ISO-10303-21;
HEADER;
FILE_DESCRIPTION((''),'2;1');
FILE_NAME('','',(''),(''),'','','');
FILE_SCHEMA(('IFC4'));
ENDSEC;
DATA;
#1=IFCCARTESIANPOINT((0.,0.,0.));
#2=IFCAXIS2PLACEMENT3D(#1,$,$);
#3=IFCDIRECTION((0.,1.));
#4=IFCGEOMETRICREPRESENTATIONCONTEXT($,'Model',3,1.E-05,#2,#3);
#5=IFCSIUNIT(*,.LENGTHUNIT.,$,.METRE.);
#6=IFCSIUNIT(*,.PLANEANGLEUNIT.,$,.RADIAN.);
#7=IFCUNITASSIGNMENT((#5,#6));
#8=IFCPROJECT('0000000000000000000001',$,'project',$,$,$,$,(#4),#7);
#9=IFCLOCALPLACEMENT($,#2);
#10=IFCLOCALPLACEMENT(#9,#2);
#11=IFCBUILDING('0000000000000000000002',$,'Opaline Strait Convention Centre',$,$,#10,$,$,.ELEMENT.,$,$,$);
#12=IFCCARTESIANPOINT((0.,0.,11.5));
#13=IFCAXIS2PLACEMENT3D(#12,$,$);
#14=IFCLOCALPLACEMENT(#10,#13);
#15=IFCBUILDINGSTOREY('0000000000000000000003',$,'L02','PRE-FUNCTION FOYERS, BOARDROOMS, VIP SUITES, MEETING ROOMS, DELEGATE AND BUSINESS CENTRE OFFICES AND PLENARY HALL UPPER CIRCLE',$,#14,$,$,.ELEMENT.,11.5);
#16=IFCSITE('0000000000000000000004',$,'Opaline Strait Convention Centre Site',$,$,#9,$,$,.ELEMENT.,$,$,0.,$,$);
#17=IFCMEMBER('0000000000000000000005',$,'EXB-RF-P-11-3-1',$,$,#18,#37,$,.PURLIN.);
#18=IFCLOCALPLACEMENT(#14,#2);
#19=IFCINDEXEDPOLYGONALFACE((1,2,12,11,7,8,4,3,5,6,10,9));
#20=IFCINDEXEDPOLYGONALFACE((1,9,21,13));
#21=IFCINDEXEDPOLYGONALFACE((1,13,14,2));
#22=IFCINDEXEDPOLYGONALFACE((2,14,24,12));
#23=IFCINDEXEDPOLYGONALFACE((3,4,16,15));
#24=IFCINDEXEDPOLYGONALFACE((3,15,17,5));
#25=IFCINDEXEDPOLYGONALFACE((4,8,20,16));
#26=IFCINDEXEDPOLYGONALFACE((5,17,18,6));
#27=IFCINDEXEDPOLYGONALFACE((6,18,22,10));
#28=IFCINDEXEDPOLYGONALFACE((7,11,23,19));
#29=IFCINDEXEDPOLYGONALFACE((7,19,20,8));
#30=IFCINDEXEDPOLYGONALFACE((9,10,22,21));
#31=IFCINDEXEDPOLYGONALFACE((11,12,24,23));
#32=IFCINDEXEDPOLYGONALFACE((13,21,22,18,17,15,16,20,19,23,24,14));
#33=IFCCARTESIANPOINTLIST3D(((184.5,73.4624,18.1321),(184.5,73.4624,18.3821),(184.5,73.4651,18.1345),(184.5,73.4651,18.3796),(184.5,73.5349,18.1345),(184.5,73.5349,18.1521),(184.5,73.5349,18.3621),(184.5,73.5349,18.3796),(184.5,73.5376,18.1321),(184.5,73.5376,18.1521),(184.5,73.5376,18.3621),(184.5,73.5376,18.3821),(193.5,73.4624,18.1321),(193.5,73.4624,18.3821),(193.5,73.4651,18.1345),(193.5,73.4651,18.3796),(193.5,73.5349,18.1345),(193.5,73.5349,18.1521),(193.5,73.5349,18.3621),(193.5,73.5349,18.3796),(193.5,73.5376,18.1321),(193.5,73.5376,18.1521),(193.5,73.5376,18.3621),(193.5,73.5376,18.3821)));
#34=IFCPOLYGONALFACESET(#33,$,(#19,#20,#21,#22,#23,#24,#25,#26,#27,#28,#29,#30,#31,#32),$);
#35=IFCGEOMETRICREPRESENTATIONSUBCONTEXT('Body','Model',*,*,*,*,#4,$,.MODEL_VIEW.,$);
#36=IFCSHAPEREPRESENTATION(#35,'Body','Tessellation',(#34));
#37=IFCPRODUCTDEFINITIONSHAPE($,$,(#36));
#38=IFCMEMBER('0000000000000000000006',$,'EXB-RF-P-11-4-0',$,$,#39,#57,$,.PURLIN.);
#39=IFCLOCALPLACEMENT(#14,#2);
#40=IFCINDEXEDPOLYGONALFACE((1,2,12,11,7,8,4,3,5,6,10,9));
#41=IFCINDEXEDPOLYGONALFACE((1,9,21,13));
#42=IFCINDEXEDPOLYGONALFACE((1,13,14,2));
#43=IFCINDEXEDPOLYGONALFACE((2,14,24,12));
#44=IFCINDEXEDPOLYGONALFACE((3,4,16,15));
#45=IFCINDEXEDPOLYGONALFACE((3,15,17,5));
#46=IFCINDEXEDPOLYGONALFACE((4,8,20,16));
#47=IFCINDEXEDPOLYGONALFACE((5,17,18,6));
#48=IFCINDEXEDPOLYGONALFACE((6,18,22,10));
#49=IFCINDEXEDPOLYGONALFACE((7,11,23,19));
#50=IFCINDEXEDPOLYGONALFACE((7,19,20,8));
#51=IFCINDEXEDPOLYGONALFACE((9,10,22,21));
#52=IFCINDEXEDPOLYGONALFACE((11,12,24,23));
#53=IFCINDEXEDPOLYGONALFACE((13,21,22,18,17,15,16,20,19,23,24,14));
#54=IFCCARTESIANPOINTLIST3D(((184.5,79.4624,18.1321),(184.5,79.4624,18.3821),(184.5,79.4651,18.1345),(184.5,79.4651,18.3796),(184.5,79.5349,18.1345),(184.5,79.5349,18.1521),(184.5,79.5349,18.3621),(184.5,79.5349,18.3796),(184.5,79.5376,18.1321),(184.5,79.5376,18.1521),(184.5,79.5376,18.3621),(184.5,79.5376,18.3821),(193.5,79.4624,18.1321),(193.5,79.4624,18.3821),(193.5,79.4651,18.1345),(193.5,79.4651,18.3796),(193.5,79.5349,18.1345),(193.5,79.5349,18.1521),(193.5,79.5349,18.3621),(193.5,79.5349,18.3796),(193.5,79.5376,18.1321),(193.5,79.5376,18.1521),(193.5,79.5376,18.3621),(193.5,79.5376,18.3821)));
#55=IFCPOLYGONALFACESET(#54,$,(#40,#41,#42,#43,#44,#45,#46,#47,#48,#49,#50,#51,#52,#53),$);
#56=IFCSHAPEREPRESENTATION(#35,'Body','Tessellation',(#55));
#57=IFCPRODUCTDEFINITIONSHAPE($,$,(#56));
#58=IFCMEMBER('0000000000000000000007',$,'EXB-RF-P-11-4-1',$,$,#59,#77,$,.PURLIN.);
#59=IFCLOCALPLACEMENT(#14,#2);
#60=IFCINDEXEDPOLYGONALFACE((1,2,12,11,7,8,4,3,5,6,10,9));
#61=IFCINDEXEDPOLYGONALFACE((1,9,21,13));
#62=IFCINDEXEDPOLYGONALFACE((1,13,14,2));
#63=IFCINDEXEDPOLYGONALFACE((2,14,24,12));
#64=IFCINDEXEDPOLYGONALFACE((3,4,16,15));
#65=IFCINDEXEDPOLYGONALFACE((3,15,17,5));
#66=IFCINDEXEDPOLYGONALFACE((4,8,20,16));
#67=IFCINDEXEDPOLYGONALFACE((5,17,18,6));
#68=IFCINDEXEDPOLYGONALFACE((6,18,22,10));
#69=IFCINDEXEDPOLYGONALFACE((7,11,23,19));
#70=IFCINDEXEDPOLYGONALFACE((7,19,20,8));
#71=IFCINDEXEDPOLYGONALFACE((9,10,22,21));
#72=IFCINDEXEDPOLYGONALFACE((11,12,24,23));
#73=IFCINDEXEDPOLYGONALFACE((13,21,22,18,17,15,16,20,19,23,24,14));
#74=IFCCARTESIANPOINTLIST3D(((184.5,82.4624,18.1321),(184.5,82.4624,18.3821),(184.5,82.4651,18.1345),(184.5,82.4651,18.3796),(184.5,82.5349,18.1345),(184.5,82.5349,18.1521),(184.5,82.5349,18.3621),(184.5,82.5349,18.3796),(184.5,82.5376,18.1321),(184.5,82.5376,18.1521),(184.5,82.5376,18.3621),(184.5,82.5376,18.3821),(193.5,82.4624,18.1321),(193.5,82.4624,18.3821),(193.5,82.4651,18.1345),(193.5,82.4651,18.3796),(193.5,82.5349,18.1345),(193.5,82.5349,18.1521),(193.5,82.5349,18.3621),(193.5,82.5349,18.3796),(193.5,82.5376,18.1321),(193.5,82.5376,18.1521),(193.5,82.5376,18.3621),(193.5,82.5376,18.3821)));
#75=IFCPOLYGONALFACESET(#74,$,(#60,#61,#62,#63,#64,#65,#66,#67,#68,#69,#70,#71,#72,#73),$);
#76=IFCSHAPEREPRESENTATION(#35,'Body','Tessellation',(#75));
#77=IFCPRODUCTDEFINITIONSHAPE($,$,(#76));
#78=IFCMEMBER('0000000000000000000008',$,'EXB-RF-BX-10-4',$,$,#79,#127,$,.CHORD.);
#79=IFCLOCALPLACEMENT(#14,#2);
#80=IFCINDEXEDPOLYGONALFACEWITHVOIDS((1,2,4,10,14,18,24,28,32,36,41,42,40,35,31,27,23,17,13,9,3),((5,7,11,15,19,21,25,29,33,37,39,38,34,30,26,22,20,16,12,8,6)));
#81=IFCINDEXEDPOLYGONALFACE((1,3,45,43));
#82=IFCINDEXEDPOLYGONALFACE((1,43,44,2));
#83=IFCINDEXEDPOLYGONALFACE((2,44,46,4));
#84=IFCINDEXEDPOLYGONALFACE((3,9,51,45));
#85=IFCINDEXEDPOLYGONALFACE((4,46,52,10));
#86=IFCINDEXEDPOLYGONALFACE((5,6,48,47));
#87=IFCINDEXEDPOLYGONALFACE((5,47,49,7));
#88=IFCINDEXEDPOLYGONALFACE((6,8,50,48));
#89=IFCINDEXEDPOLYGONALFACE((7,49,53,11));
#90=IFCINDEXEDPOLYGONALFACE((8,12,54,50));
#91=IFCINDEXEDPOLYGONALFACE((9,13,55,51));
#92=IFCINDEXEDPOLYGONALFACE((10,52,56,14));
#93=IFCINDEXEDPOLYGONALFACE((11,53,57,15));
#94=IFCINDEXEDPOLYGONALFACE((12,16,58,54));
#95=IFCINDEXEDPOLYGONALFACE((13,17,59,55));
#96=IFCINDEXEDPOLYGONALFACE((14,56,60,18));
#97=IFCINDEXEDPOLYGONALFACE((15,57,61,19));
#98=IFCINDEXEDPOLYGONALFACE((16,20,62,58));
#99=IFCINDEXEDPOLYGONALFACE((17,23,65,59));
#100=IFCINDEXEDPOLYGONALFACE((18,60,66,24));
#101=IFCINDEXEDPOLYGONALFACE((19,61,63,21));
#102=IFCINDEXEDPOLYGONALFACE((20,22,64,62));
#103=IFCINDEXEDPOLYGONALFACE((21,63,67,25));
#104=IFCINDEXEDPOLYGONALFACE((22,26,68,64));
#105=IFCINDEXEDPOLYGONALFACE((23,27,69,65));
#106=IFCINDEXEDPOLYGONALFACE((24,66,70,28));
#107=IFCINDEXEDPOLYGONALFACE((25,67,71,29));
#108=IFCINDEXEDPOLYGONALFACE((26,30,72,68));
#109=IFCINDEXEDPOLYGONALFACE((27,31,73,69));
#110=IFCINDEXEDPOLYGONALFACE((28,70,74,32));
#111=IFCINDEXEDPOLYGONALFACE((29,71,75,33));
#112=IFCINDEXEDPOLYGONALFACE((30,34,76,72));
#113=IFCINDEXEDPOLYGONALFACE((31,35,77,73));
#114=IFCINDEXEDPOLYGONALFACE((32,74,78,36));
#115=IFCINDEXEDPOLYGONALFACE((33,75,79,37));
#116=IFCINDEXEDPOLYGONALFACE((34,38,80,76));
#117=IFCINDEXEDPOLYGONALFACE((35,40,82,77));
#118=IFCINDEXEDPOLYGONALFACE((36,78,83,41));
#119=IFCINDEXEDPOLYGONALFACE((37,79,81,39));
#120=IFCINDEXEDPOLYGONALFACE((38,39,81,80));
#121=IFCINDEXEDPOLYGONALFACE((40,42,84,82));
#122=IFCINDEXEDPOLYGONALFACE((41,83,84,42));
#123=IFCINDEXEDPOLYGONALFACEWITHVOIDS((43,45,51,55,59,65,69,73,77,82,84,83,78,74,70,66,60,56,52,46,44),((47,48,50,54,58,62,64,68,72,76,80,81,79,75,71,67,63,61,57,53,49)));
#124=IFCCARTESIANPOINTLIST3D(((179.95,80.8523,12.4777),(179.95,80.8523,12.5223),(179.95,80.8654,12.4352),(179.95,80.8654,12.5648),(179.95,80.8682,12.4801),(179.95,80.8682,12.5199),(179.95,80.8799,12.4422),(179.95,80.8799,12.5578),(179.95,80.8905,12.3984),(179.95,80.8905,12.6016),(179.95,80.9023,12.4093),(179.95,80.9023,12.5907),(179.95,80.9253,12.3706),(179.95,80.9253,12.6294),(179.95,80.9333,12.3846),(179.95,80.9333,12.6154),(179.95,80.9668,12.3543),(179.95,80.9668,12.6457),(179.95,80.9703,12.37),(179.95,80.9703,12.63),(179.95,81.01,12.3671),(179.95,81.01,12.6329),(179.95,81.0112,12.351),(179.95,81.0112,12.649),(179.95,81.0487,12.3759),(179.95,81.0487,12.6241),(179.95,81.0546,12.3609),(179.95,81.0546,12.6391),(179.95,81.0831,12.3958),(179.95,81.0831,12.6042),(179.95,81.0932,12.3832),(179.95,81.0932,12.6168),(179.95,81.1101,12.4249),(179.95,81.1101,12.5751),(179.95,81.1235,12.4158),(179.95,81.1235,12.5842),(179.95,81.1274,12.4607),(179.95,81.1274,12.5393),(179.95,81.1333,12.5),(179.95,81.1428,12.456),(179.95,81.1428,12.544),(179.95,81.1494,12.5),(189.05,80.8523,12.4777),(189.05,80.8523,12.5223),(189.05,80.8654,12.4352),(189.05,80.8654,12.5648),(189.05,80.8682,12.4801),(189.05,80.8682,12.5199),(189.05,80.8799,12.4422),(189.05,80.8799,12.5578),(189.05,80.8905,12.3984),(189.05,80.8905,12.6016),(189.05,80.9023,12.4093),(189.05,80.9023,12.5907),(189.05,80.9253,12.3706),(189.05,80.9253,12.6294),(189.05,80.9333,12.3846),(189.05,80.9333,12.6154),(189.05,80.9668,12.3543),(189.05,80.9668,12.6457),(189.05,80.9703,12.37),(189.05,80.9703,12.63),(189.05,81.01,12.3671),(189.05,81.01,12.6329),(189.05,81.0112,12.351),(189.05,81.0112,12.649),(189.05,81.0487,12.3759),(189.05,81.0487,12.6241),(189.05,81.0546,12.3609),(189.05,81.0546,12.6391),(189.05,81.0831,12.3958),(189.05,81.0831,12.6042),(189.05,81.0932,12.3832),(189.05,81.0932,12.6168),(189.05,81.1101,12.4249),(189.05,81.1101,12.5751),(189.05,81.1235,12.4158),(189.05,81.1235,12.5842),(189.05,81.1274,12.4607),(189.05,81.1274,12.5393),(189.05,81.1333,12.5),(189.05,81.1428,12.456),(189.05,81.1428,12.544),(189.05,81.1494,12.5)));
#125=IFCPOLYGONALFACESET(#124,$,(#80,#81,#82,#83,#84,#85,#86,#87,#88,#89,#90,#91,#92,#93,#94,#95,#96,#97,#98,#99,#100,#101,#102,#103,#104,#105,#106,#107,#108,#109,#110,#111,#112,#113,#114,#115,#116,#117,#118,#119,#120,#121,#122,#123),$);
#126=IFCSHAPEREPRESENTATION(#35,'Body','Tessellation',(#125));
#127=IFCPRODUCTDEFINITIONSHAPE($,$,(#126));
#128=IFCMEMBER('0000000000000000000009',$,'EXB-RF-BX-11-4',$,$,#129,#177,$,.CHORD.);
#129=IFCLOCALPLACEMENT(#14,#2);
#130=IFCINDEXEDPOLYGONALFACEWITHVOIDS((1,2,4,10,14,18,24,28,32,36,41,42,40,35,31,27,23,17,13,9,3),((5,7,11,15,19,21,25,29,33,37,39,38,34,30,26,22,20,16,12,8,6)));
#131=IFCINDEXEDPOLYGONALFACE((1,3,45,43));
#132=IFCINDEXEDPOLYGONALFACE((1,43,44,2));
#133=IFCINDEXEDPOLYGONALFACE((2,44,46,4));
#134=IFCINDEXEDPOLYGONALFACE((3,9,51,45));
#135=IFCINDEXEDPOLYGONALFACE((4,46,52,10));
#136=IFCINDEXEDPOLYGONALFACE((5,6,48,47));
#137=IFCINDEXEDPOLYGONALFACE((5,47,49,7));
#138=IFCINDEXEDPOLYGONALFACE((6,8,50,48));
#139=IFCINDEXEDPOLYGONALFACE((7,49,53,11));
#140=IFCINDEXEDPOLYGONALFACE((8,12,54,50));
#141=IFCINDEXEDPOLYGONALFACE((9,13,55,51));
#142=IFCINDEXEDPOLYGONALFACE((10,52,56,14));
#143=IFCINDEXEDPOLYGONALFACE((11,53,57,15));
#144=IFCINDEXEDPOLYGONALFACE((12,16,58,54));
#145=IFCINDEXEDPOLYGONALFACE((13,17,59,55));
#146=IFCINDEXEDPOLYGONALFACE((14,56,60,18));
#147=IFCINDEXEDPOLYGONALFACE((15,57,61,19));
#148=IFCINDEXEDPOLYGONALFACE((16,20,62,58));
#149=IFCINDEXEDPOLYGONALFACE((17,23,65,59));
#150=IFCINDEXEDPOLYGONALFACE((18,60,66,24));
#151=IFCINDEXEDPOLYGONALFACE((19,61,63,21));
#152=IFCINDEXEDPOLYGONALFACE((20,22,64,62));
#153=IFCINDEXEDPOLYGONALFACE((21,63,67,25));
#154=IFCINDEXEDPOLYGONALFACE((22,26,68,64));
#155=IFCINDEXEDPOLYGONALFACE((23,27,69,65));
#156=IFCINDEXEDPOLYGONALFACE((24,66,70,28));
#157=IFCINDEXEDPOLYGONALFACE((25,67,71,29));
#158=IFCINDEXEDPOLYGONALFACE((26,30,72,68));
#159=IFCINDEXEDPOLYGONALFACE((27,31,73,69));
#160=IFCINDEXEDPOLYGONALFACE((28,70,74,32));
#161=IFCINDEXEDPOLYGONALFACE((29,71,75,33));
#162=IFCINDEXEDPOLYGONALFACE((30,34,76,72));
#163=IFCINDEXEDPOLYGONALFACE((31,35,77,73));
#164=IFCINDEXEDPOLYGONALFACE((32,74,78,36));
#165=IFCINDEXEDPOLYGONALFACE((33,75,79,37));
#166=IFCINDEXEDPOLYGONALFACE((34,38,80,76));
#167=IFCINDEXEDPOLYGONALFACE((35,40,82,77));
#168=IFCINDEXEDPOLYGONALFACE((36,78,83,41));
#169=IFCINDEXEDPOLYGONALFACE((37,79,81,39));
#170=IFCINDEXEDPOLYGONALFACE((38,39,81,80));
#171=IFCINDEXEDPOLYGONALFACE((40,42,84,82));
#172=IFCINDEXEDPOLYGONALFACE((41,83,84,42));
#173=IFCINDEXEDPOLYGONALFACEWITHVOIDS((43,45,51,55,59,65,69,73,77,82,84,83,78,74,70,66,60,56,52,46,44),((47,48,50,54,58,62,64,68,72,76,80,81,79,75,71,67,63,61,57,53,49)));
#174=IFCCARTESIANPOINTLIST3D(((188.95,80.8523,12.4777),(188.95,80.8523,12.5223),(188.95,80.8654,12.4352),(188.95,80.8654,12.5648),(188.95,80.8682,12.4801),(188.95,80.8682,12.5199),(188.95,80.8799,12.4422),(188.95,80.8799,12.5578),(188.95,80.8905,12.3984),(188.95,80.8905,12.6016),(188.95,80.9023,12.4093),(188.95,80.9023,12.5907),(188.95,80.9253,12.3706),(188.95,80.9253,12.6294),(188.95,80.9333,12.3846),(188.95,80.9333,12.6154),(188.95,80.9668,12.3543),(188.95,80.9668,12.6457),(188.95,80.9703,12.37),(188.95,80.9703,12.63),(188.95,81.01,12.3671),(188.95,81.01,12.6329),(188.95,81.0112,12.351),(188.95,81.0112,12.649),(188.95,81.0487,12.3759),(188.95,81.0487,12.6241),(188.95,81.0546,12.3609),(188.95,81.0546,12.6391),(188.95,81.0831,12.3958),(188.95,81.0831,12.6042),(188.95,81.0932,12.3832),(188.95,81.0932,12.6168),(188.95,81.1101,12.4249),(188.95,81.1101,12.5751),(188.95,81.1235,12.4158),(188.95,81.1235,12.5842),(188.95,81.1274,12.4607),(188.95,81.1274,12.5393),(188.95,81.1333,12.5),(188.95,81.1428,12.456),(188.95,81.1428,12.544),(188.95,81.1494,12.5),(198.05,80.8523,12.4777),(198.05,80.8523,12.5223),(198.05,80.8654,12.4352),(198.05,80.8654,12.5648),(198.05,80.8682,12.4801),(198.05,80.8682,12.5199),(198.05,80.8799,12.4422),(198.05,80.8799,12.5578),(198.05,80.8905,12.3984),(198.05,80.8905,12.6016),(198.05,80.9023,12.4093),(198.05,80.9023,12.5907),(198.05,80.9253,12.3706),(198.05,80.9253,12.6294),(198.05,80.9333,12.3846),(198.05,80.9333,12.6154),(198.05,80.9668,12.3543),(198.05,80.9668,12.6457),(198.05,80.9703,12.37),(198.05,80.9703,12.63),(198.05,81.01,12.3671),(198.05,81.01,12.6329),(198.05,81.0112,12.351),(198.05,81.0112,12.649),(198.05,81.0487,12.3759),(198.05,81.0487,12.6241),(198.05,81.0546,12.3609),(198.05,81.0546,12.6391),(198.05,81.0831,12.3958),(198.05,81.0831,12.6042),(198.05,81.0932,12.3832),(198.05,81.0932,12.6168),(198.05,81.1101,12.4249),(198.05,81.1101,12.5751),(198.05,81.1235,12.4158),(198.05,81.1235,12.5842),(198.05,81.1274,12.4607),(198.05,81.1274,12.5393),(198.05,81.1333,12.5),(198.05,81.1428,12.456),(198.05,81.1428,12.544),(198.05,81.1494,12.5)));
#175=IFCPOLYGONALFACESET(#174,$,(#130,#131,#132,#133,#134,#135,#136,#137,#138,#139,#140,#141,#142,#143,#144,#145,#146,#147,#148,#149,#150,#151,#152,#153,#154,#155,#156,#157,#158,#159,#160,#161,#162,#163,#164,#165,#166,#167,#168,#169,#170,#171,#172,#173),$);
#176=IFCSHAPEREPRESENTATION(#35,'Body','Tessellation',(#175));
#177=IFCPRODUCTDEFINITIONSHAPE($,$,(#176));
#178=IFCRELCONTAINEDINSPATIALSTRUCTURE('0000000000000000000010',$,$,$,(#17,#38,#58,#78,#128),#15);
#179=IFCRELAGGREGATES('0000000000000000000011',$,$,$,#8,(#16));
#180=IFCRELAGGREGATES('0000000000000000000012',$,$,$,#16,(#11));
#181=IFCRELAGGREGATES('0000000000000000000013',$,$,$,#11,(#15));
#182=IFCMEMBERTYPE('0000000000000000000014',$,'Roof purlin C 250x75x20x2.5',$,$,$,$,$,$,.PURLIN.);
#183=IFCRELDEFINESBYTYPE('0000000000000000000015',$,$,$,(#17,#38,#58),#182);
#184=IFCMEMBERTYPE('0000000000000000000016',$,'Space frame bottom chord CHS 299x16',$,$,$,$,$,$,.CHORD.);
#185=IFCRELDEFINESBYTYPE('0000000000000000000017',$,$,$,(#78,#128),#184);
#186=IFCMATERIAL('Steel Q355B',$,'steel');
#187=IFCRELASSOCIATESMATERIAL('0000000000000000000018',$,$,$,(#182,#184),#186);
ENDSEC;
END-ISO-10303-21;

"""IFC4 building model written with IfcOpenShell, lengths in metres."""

from ifc_helpers import new_model, si_unit, direction, frame, origin, origin_2d, place, context, subcontext, project, spatial, polyline, hollow_circle, outline, extrude, material, material_profile, profile_set, type_object, element, save


model = new_model("IFC4")

# Units and contexts
model_context = context("Model", 3, precision=1e-05, world=origin(), true_north=direction((0.0, 1.0)))
body_context = subcontext(model_context, "Body", "Model", "MODEL_VIEW")
ifc_project = project(units=[si_unit("LENGTHUNIT", "METRE"), si_unit("PLANEANGLEUNIT", "RADIAN")], contexts=[model_context])

# Site, building, storey
site_placement = place(None, origin())
site = spatial("IfcSite", under=ifc_project, at=site_placement, Name="Opaline Strait Convention Centre Site", CompositionType="ELEMENT", RefElevation=0.0)
building_placement = place(site_placement, origin())
building = spatial("IfcBuilding", under=site, at=building_placement, Name="Opaline Strait Convention Centre", CompositionType="ELEMENT")
storey_placement = place(building_placement, frame((0.0, 0.0, 11.5)))
storey = spatial("IfcBuildingStorey", under=building, at=storey_placement, Name="L02", Description="PRE-FUNCTION FOYERS, BOARDROOMS, VIP SUITES, MEETING ROOMS, DELEGATE AND BUSINESS CENTRE OFFICES AND PLENARY HALL UPPER CIRCLE", CompositionType="ELEMENT", Elevation=11.5)

# Members
ifc_material_1 = material(Name="Steel Q355B", Category="steel")
ifc_material_profile_1 = material_profile(ifc_material_1, outline(polyline([(-0.0376, -0.125), (0.0376, -0.125), (0.0376, -0.105), (0.0349, -0.105), (0.0349, -0.1226), (-0.0349, -0.1226), (-0.0349, 0.1226), (0.0349, 0.1226), (0.0349, 0.105), (0.0376, 0.105), (0.0376, 0.125), (-0.0376, 0.125), (-0.0376, -0.125)])), Name="C 250x75x20x2.5")
ifc_profile_set_1 = profile_set([ifc_material_profile_1], Name="Steel Q355B")
member_type_1 = type_object("IfcMemberType", Name="Roof purlin C 250x75x20x2.5", PredefinedType="PURLIN", material=ifc_profile_set_1)
for number, where, z_axis, x_axis, name in (
    (1, (184.5, 73.5, 18.2571), (1.0, 0.0, 0.0), (0.0, 1.0, 0.0), "EXB-RF-P-11-3-1"),
    (2, (184.5, 79.5, 18.2571), (1.0, 0.0, 0.0), (0.0, 1.0, 0.0), "EXB-RF-P-11-4-0"),
    (3, (184.5, 82.5, 18.2571), (1.0, 0.0, 0.0), (0.0, 1.0, 0.0), "EXB-RF-P-11-4-1"),
):
    element("IfcMember", number, at=place(storey_placement, frame(where, z_axis=z_axis, x_axis=x_axis)), inside=storey, type_object=member_type_1, Name=name, PredefinedType="PURLIN", context=body_context, shape_type="SweptSolid", body=[
        extrude(outline(polyline([(-0.0376, -0.125), (0.0376, -0.125), (0.0376, -0.105), (0.0349, -0.105), (0.0349, -0.1226), (-0.0349, -0.1226), (-0.0349, 0.1226), (0.0349, 0.1226), (0.0349, 0.105), (0.0376, 0.105), (0.0376, 0.125), (-0.0376, 0.125), (-0.0376, -0.125)])), origin(), (0.0, 0.0, 1.0), 9.0),
    ])
ifc_material_profile_2 = material_profile(ifc_material_1, hollow_circle(Radius=0.1494, WallThickness=0.0161, at=origin_2d()), Name="CHS 299x16")
ifc_profile_set_2 = profile_set([ifc_material_profile_2], Name="Steel Q355B")
member_type_2 = type_object("IfcMemberType", Name="Space frame bottom chord CHS 299x16", PredefinedType="CHORD", material=ifc_profile_set_2)
for number, where, z_axis, x_axis, name in (
    (4, (179.95, 81.0, 12.5), (1.0, 0.0, 0.0), (0.0, 1.0, 0.0), "EXB-RF-BX-10-4"),
    (5, (188.95, 81.0, 12.5), (1.0, 0.0, 0.0), (0.0, 1.0, 0.0), "EXB-RF-BX-11-4"),
):
    element("IfcMember", number, at=place(storey_placement, frame(where, z_axis=z_axis, x_axis=x_axis)), inside=storey, type_object=member_type_2, Name=name, PredefinedType="CHORD", context=body_context, shape_type="SweptSolid", body=[
        extrude(hollow_circle(Radius=0.1494, WallThickness=0.0161, at=origin_2d()), origin(), (0.0, 0.0, 1.0), 9.1001),
    ])

save(model, "model.ifc")
